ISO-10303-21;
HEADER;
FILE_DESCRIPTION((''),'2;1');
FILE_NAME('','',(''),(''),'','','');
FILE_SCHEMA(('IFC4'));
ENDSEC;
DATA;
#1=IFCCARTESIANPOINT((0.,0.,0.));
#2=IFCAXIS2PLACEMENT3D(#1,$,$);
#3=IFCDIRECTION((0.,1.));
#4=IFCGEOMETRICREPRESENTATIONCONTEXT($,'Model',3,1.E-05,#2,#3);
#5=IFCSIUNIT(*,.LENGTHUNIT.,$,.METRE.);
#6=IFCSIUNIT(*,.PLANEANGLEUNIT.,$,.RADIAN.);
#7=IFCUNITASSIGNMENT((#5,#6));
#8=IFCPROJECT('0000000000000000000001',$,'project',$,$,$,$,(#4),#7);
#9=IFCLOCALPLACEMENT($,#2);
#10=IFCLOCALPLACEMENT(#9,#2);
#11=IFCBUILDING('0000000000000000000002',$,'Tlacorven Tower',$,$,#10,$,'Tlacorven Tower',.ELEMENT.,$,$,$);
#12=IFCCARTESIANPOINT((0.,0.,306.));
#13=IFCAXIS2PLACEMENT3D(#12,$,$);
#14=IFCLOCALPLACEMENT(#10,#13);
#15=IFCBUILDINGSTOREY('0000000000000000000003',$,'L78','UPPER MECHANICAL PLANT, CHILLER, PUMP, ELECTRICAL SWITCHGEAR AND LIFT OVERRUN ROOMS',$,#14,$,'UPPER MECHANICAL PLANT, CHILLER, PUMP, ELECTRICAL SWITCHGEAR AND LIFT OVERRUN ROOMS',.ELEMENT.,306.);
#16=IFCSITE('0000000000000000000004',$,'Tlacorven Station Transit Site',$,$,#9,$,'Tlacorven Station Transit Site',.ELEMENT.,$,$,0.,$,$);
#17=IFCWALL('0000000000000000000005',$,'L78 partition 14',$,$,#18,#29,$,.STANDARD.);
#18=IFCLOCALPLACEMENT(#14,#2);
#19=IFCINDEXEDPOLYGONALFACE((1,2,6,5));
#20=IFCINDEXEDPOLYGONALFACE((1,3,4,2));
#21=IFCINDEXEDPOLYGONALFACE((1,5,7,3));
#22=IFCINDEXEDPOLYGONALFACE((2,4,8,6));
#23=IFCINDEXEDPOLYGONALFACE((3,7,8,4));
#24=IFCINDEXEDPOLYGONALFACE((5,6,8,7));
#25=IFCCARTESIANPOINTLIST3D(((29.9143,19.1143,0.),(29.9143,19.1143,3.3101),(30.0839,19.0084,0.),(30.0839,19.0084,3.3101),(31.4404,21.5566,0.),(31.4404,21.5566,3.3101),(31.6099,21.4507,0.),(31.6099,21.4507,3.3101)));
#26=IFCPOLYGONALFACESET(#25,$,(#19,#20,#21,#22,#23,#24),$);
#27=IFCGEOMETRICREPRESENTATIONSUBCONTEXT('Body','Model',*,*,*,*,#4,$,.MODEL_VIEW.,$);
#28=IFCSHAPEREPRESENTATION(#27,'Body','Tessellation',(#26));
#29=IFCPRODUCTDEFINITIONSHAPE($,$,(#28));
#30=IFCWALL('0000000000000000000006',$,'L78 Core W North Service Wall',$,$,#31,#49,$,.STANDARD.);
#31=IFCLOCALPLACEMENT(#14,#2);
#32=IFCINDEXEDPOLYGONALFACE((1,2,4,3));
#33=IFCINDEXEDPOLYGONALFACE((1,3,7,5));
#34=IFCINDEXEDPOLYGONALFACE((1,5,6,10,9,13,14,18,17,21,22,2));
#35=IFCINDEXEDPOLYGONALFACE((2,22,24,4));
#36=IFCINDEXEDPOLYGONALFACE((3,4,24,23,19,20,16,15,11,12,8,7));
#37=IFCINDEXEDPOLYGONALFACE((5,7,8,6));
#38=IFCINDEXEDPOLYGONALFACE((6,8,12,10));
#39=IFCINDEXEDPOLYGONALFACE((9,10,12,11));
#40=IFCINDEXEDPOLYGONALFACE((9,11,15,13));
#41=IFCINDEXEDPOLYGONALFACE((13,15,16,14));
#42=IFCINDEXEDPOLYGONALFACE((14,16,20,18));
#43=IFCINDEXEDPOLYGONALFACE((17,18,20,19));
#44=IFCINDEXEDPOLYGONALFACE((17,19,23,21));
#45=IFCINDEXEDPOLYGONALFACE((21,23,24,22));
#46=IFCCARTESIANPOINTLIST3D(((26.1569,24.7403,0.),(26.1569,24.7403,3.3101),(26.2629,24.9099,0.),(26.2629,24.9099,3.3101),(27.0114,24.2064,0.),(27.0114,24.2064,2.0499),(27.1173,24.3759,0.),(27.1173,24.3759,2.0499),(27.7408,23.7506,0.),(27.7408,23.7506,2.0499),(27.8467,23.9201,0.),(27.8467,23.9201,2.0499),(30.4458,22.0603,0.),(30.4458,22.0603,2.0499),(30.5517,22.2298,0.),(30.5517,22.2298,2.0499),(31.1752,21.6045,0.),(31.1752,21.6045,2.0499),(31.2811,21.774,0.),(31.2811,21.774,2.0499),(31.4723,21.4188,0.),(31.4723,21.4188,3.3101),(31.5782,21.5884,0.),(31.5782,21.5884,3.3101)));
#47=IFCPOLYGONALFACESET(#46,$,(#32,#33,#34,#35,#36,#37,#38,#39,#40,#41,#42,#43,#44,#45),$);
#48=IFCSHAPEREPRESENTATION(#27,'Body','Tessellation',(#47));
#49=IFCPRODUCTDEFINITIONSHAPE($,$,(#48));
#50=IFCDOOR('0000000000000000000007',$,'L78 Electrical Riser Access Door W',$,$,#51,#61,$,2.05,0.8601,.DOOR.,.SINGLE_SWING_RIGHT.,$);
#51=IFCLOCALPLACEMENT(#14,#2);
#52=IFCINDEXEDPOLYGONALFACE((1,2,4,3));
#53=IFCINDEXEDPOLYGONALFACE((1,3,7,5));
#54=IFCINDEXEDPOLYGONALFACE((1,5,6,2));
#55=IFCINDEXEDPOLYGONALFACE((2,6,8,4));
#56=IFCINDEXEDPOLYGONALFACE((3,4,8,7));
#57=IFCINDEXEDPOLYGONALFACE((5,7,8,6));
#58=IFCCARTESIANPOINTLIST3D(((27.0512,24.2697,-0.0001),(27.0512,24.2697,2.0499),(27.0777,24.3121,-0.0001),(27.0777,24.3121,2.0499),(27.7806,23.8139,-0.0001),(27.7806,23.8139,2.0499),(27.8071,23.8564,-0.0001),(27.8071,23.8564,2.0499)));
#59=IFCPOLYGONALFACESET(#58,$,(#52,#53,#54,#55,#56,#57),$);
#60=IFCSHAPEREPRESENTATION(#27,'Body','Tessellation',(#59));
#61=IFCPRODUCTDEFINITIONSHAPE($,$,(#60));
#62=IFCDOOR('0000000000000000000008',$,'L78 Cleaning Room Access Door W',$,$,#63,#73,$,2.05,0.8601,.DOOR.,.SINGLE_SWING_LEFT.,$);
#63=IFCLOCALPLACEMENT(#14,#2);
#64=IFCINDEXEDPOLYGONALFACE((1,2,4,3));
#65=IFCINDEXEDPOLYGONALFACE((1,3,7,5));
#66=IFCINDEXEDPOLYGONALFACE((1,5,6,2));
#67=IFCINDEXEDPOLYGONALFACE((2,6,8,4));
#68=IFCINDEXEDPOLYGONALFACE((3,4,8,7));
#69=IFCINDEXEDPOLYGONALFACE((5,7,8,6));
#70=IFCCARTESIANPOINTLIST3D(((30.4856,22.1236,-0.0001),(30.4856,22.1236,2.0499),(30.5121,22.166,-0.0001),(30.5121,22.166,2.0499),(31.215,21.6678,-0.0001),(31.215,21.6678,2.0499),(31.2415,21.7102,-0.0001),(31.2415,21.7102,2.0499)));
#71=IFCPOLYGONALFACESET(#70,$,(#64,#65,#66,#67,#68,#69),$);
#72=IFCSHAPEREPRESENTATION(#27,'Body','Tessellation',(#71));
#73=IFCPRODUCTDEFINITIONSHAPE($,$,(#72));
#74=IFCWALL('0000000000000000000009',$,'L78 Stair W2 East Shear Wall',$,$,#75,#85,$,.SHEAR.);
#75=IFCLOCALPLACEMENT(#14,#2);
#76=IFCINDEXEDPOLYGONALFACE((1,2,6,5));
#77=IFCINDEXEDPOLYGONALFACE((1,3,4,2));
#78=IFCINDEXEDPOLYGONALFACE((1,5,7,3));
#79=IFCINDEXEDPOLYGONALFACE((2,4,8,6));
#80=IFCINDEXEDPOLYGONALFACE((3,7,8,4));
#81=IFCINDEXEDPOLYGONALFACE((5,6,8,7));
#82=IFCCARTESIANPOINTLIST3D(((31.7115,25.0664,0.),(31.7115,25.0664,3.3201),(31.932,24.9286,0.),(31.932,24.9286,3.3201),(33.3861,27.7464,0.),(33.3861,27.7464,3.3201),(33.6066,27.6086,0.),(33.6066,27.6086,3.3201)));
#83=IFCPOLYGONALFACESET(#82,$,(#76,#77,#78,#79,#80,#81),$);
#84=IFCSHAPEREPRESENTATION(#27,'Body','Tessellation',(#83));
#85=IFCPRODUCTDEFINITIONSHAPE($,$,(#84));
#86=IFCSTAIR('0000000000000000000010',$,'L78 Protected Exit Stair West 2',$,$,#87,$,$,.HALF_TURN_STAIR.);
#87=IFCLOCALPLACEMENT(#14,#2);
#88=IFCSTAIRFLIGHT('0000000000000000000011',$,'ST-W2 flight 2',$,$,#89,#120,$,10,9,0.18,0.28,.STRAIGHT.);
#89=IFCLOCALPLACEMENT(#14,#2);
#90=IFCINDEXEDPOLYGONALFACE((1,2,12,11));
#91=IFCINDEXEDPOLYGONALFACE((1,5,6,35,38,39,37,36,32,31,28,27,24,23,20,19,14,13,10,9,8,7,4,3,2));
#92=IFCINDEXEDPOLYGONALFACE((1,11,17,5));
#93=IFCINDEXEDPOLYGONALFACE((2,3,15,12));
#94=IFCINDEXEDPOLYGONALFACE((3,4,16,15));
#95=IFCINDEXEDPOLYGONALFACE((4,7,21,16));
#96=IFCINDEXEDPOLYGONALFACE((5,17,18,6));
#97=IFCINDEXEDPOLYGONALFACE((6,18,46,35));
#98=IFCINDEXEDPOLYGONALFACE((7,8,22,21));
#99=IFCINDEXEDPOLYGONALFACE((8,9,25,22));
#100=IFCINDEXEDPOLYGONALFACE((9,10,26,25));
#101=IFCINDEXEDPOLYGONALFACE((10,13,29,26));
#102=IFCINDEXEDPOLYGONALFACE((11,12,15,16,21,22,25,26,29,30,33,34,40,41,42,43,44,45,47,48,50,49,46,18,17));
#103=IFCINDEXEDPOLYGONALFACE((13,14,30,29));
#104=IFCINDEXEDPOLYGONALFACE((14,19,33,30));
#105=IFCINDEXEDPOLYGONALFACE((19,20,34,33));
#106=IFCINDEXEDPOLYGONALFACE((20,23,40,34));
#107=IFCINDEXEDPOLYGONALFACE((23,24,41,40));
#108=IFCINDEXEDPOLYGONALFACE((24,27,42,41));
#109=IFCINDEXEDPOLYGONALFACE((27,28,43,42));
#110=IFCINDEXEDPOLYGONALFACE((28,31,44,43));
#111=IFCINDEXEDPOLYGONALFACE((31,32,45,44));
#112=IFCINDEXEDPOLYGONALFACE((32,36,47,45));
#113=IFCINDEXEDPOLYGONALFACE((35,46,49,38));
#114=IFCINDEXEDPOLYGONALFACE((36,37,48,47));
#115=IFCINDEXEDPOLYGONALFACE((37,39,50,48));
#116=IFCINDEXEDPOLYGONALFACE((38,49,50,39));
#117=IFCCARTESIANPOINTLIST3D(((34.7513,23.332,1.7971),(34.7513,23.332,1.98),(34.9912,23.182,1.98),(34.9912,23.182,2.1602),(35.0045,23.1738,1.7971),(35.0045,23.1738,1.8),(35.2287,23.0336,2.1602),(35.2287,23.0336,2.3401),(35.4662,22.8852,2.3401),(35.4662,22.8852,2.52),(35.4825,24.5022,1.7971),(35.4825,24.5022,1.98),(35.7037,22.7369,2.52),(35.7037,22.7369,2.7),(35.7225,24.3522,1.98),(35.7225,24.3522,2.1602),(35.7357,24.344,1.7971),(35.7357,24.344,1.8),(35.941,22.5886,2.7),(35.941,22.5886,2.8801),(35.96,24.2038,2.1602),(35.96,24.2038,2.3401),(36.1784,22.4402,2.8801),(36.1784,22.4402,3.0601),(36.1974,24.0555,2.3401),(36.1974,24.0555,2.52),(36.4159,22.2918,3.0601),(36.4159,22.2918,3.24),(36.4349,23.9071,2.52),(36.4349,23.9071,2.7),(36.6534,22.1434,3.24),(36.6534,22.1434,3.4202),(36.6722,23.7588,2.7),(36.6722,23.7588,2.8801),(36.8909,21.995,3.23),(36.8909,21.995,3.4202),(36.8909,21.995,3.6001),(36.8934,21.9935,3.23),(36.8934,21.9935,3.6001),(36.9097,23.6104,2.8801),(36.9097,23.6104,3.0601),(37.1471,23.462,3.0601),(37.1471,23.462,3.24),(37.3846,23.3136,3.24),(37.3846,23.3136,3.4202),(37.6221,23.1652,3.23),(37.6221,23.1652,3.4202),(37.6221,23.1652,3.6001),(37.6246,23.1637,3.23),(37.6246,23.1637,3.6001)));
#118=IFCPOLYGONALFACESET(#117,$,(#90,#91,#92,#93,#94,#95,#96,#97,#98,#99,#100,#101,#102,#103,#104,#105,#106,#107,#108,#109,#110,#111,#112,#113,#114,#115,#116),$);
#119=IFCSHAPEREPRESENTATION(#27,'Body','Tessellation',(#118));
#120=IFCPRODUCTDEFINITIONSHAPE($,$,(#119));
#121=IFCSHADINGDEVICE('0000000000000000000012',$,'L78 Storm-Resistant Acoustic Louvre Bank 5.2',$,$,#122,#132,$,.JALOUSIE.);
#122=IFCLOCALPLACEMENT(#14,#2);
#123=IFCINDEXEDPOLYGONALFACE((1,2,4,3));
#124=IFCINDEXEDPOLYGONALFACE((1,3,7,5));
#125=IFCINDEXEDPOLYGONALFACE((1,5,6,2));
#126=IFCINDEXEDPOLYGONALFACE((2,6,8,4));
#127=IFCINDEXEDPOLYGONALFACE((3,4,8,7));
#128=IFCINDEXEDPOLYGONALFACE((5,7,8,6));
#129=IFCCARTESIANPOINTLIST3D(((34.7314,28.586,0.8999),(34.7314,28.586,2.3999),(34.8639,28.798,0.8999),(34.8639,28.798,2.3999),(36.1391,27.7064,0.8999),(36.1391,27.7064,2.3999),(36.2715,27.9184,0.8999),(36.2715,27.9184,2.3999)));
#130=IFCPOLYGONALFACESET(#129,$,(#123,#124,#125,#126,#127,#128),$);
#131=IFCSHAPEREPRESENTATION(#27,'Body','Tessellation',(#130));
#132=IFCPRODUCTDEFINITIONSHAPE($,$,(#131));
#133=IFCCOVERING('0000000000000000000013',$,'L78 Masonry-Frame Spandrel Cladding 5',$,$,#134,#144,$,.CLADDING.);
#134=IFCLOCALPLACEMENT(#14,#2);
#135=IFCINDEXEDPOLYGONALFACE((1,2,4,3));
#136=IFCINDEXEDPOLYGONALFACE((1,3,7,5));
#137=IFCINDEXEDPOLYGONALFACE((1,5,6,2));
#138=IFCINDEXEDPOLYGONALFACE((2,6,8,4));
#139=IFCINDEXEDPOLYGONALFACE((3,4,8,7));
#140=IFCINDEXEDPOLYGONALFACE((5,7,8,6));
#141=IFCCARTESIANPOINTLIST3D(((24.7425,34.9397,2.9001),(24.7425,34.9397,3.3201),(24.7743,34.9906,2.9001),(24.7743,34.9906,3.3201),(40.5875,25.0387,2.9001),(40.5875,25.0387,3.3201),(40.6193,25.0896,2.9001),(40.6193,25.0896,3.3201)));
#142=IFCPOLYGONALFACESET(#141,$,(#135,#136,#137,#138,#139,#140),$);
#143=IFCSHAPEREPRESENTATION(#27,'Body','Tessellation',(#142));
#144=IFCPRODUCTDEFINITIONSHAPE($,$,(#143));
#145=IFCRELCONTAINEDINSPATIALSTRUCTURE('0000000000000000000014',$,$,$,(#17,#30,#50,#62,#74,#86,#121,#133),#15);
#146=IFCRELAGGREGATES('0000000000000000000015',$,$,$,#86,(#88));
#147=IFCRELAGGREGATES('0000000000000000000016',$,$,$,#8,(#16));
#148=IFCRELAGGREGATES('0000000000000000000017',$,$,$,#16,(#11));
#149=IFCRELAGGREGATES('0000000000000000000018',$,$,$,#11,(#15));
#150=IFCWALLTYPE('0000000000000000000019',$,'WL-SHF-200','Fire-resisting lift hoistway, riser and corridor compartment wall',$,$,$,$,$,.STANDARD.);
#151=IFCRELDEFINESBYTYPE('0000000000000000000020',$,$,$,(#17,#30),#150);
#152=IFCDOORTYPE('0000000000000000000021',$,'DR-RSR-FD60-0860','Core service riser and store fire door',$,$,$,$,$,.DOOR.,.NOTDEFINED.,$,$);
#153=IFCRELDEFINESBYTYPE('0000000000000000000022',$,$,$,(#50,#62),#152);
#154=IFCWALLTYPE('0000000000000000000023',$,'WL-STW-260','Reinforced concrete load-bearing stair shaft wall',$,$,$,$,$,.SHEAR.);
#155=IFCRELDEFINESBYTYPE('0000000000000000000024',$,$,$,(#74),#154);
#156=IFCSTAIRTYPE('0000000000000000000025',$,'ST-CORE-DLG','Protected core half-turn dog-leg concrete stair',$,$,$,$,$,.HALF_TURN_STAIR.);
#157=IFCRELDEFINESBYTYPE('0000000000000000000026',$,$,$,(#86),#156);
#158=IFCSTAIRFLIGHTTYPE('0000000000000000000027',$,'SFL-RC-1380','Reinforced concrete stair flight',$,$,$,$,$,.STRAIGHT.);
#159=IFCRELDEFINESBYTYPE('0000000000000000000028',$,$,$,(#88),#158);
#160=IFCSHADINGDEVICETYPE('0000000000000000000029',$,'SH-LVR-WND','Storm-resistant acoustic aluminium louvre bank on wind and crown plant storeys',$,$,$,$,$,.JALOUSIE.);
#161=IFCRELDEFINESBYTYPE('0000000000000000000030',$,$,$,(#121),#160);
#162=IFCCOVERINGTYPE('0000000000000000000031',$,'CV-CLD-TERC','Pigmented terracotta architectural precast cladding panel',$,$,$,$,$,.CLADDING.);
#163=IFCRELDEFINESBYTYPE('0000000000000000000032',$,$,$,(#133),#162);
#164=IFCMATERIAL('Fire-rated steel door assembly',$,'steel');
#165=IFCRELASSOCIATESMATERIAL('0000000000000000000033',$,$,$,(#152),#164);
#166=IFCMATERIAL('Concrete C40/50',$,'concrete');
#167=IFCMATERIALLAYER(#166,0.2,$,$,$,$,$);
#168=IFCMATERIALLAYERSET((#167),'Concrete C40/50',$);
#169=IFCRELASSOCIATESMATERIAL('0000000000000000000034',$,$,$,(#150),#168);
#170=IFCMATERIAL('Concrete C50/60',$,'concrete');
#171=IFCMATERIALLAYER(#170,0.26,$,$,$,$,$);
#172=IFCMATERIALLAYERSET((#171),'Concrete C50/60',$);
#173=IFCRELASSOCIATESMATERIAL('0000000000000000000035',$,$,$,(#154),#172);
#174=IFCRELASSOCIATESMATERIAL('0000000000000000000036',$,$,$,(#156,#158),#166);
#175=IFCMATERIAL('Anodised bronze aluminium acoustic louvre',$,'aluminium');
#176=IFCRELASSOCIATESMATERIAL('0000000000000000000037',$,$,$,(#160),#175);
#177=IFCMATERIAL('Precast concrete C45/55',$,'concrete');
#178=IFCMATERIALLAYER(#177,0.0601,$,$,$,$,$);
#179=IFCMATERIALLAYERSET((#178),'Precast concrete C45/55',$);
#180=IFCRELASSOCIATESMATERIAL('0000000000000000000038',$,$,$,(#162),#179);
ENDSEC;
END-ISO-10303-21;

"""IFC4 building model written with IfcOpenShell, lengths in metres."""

from ifc_helpers import new_model, si_unit, direction, frame, frame_2d, origin, origin_2d, place, context, subcontext, project, spatial, polyline, rectangle, outline, extrude, source, transform, mapped, material, layer, layer_set, type_object, element, fill, aggregate, save


model = new_model("IFC4")

# Units and contexts
model_context = context("Model", 3, precision=1e-05, world=origin(), true_north=direction((0.0, 1.0)))
body_context = subcontext(model_context, "Body", "Model", "MODEL_VIEW")
ifc_project = project(units=[si_unit("LENGTHUNIT", "METRE"), si_unit("PLANEANGLEUNIT", "RADIAN")], contexts=[model_context])

# Site, building, storey
site_placement = place(None, origin())
site = spatial("IfcSite", under=ifc_project, at=site_placement, Name="Tlacorven Station Transit Site", LongName="Tlacorven Station Transit Site", CompositionType="ELEMENT", RefElevation=0.0)
building_placement = place(site_placement, origin())
building = spatial("IfcBuilding", under=site, at=building_placement, Name="Tlacorven Tower", LongName="Tlacorven Tower", CompositionType="ELEMENT")
storey_placement = place(building_placement, frame((0.0, 0.0, 306.0)))
storey = spatial("IfcBuildingStorey", under=building, at=storey_placement, Name="L78", Description="UPPER MECHANICAL PLANT, CHILLER, PUMP, ELECTRICAL SWITCHGEAR AND LIFT OVERRUN ROOMS", LongName="UPPER MECHANICAL PLANT, CHILLER, PUMP, ELECTRICAL SWITCHGEAR AND LIFT OVERRUN ROOMS", CompositionType="ELEMENT", Elevation=306.0)

# Shared definitions
ifc_material_1 = material(Name="Fire-rated steel door assembly", Category="steel")
door_type_1 = type_object("IfcDoorType", Name="DR-RSR-FD60-0860", Description="Core service riser and store fire door", OperationType="NOTDEFINED", PredefinedType="DOOR", material=ifc_material_1)
shared_shape_1 = source(origin(), body_context, "Body", "SweptSolid", [
    extrude(rectangle(XDim=0.8601, YDim=2.05, at=frame_2d((0.4302, 1.0249))), frame((0.0, 0.0249, 0.0), z_axis=(0.0, -1.0, 0.0), x_axis=(1.0, 0.0, 0.0)), (0.0, 0.0, 1.0), 0.05),
])

# Wall
ifc_material_2 = material(Name="Concrete C40/50", Category="concrete")
ifc_layer_1 = layer(ifc_material_2, 0.2)
ifc_layer_set_1 = layer_set([ifc_layer_1], Name="Concrete C40/50")
wall_type_1 = type_object("IfcWallType", Name="WL-SHF-200", Description="Fire-resisting lift hoistway, riser and corridor compartment wall", PredefinedType="STANDARD", material=ifc_layer_set_1)
wall_1_placement = place(storey_placement, frame((31.5251, 21.5037, 0.0), z_axis=(0.0, 0.0, 1.0), x_axis=(-0.529907, -0.848055, 0.0)))
element("IfcWall", 1, at=wall_1_placement, inside=storey, type_object=wall_type_1, Name="L78 partition 14", PredefinedType="STANDARD", context=body_context, shape_type="SweptSolid", body=[
    extrude(rectangle(XDim=2.8799, YDim=0.2, at=frame_2d((1.4399, 0.0))), origin(), (0.0, 0.0, 1.0), 3.3101),
])

# Wall, openings, doors
wall_2_placement = place(storey_placement, frame((31.5251, 21.5037, 0.0), z_axis=(0.0, 0.0, 1.0), x_axis=(-0.848042, 0.529929, 0.0)))
wall_2 = element("IfcWall", 2, at=wall_2_placement, inside=storey, type_object=wall_type_1, Name="L78 Core W North Service Wall", PredefinedType="STANDARD", context=body_context, shape_type="SweptSolid", body=[
    extrude(rectangle(XDim=6.2678, YDim=0.2, at=frame_2d((3.1338, 0.0))), origin(), (0.0, 0.0, 1.0), 3.3101),
])
opening_1_placement = place(wall_2_placement, frame((4.3999, 0.0, 0.0)))
opening_1 = element("IfcOpeningElement", 3, at=opening_1_placement, cuts=wall_2, PredefinedType="OPENING", context=body_context, shape_type="SweptSolid", body=[
    extrude(rectangle(XDim=0.8601, YDim=2.05, at=frame_2d((0.4302, 1.0249))), frame((0.0, 0.1099, 0.0), z_axis=(0.0, -1.0, 0.0), x_axis=(1.0, 0.0, 0.0)), (0.0, 0.0, 1.0), 0.22),
])
opening_2_placement = place(wall_2_placement, frame((0.3501, 0.0, 0.0)))
opening_2 = element("IfcOpeningElement", 4, at=opening_2_placement, cuts=wall_2, PredefinedType="OPENING", context=body_context, shape_type="SweptSolid", body=[
    extrude(rectangle(XDim=0.8601, YDim=2.05, at=frame_2d((0.4302, 1.0249))), frame((0.0, 0.1099, 0.0), z_axis=(0.0, -1.0, 0.0), x_axis=(1.0, 0.0, 0.0)), (0.0, 0.0, 1.0), 0.22),
])
door_1_placement = place(opening_1_placement, frame((0.8601, 0.0, 0.0), z_axis=(0.0, 0.0, 1.0), x_axis=(-1.0, 0.0, 0.0)))
door_1 = element("IfcDoor", 5, at=door_1_placement, inside=storey, type_object=door_type_1, Name="L78 Electrical Riser Access Door W", OperationType="SINGLE_SWING_RIGHT", OverallHeight=2.05, OverallWidth=0.8601, PredefinedType="DOOR", context=body_context, shape_type="MappedRepresentation", body=[
    mapped(shared_shape_1, transform((0.0, 0.0, 0.0), scale=1.0)),
])
fill(opening_1, door_1)
door_2_placement = place(opening_2_placement, frame((0.8601, 0.0, 0.0), z_axis=(0.0, 0.0, 1.0), x_axis=(-1.0, 0.0, 0.0)))
door_2 = element("IfcDoor", 6, at=door_2_placement, inside=storey, type_object=door_type_1, Name="L78 Cleaning Room Access Door W", OperationType="SINGLE_SWING_LEFT", OverallHeight=2.05, OverallWidth=0.8601, PredefinedType="DOOR", context=body_context, shape_type="MappedRepresentation", body=[
    mapped(shared_shape_1, transform((0.0, 0.0, 0.0), scale=1.0)),
])
fill(opening_2, door_2)

# Wall
ifc_material_3 = material(Name="Concrete C50/60", Category="concrete")
ifc_layer_2 = layer(ifc_material_3, 0.26)
ifc_layer_set_2 = layer_set([ifc_layer_2], Name="Concrete C50/60")
wall_type_2 = type_object("IfcWallType", Name="WL-STW-260", Description="Reinforced concrete load-bearing stair shaft wall", PredefinedType="SHEAR", material=ifc_layer_set_2)
wall_3_placement = place(storey_placement, frame((33.4963, 27.6775, 0.0), z_axis=(0.0, 0.0, 1.0), x_axis=(-0.529909, -0.848055, 0.0)))
element("IfcWall", 7, at=wall_3_placement, inside=storey, type_object=wall_type_2, Name="L78 Stair W2 East Shear Wall", PredefinedType="SHEAR", context=body_context, shape_type="SweptSolid", body=[
    extrude(rectangle(XDim=3.1602, YDim=0.26, at=frame_2d((1.5801, 0.0))), origin(), (0.0, 0.0, 1.0), 3.3201),
])

# Stair, stair flight
stair_type = type_object("IfcStairType", Name="ST-CORE-DLG", Description="Protected core half-turn dog-leg concrete stair", PredefinedType="HALF_TURN_STAIR", material=ifc_material_2)
stair_placement = place(storey_placement, origin())
stair = element("IfcStair", 8, at=stair_placement, inside=storey, type_object=stair_type, Name="L78 Protected Exit Stair West 2", PredefinedType="HALF_TURN_STAIR")
stair_flight_type = type_object("IfcStairFlightType", Name="SFL-RC-1380", Description="Reinforced concrete stair flight", PredefinedType="STRAIGHT", material=ifc_material_2)
shared_shape_2 = source(origin(), body_context, "Body", "SweptSolid", [
    extrude(outline(polyline([(-0.0029, -0.0029), (-0.0029, 0.1799), (0.28, 0.1799), (0.28, 0.3601), (0.5601, 0.3601), (0.5601, 0.54), (0.8401, 0.54), (0.8401, 0.72), (1.1201, 0.72), (1.1201, 0.8999), (1.3999, 0.8999), (1.3999, 1.0801), (1.6799, 1.0801), (1.6799, 1.26), (1.96, 1.26), (1.96, 1.4399), (2.24, 1.4399), (2.24, 1.6201), (2.52, 1.6201), (2.52, 1.8), (2.5229, 1.8), (2.5229, 1.4299), (2.52, 1.4299), (0.2957, 0.0), (0.2957, -0.0029), (-0.0029, -0.0029)])), frame((0.0, 0.6899, 0.0), z_axis=(0.0, -1.0, 0.0), x_axis=(1.0, 0.0, 0.0)), (0.0, 0.0, 1.0), 1.3799),
])
stair_flight_placement = place(storey_placement, frame((35.1194, 23.9155, 1.8), z_axis=(0.0, 0.0, 1.0), x_axis=(0.848048, -0.529919, 0.0)))
stair_flight = element("IfcStairFlight", 9, at=stair_flight_placement, type_object=stair_flight_type, Name="ST-W2 flight 2", NumberOfRisers=10, NumberOfTreads=9, PredefinedType="STRAIGHT", RiserHeight=0.18, TreadLength=0.28, context=body_context, shape_type="MappedRepresentation", body=[
    mapped(shared_shape_2, transform((0.0, 0.0, 0.0), scale=1.0)),
])
aggregate(stair, [stair_flight])

# Shading device
ifc_material_4 = material(Name="Anodised bronze aluminium acoustic louvre", Category="aluminium")
shading_device_type = type_object("IfcShadingDeviceType", Name="SH-LVR-WND", Description="Storm-resistant acoustic aluminium louvre bank on wind and crown plant storeys", PredefinedType="JALOUSIE", material=ifc_material_4)
shared_shape_3 = source(origin(), body_context, "Body", "SweptSolid", [
    extrude(rectangle(XDim=1.6599, YDim=0.25, at=origin_2d()), origin(), (0.0, 0.0, 1.0), 1.5),
])
shading_device_placement = place(storey_placement, frame((35.5015, 28.2522, 0.8999), z_axis=(0.0, 0.0, 1.0), x_axis=(0.848048, -0.529919, 0.0)))
element("IfcShadingDevice", 10, at=shading_device_placement, inside=storey, type_object=shading_device_type, Name="L78 Storm-Resistant Acoustic Louvre Bank 5.2", PredefinedType="JALOUSIE", context=body_context, shape_type="MappedRepresentation", body=[
    mapped(shared_shape_3, transform((0.0, 0.0, 0.0), scale=1.0)),
])

# Covering
ifc_material_5 = material(Name="Precast concrete C45/55", Category="concrete")
ifc_layer_3 = layer(ifc_material_5, 0.0601)
ifc_layer_set_3 = layer_set([ifc_layer_3], Name="Precast concrete C45/55")
covering_type = type_object("IfcCoveringType", Name="CV-CLD-TERC", Description="Pigmented terracotta architectural precast cladding panel", PredefinedType="CLADDING", material=ifc_layer_set_3)
shared_shape_4 = source(origin(), body_context, "Body", "SweptSolid", [
    extrude(rectangle(XDim=18.6841, YDim=0.0601, at=origin_2d()), origin(), (0.0, 0.0, 1.0), 0.4199),
])
covering_placement = place(storey_placement, frame((32.6809, 30.0146, 2.9001), z_axis=(0.0, 0.0, 1.0), x_axis=(0.848048, -0.529919, 0.0)))
element("IfcCovering", 11, at=covering_placement, inside=storey, type_object=covering_type, Name="L78 Masonry-Frame Spandrel Cladding 5", PredefinedType="CLADDING", context=body_context, shape_type="MappedRepresentation", body=[
    mapped(shared_shape_4, transform((0.0, 0.0, 0.0), scale=1.0)),
])

save(model, "model.ifc")
